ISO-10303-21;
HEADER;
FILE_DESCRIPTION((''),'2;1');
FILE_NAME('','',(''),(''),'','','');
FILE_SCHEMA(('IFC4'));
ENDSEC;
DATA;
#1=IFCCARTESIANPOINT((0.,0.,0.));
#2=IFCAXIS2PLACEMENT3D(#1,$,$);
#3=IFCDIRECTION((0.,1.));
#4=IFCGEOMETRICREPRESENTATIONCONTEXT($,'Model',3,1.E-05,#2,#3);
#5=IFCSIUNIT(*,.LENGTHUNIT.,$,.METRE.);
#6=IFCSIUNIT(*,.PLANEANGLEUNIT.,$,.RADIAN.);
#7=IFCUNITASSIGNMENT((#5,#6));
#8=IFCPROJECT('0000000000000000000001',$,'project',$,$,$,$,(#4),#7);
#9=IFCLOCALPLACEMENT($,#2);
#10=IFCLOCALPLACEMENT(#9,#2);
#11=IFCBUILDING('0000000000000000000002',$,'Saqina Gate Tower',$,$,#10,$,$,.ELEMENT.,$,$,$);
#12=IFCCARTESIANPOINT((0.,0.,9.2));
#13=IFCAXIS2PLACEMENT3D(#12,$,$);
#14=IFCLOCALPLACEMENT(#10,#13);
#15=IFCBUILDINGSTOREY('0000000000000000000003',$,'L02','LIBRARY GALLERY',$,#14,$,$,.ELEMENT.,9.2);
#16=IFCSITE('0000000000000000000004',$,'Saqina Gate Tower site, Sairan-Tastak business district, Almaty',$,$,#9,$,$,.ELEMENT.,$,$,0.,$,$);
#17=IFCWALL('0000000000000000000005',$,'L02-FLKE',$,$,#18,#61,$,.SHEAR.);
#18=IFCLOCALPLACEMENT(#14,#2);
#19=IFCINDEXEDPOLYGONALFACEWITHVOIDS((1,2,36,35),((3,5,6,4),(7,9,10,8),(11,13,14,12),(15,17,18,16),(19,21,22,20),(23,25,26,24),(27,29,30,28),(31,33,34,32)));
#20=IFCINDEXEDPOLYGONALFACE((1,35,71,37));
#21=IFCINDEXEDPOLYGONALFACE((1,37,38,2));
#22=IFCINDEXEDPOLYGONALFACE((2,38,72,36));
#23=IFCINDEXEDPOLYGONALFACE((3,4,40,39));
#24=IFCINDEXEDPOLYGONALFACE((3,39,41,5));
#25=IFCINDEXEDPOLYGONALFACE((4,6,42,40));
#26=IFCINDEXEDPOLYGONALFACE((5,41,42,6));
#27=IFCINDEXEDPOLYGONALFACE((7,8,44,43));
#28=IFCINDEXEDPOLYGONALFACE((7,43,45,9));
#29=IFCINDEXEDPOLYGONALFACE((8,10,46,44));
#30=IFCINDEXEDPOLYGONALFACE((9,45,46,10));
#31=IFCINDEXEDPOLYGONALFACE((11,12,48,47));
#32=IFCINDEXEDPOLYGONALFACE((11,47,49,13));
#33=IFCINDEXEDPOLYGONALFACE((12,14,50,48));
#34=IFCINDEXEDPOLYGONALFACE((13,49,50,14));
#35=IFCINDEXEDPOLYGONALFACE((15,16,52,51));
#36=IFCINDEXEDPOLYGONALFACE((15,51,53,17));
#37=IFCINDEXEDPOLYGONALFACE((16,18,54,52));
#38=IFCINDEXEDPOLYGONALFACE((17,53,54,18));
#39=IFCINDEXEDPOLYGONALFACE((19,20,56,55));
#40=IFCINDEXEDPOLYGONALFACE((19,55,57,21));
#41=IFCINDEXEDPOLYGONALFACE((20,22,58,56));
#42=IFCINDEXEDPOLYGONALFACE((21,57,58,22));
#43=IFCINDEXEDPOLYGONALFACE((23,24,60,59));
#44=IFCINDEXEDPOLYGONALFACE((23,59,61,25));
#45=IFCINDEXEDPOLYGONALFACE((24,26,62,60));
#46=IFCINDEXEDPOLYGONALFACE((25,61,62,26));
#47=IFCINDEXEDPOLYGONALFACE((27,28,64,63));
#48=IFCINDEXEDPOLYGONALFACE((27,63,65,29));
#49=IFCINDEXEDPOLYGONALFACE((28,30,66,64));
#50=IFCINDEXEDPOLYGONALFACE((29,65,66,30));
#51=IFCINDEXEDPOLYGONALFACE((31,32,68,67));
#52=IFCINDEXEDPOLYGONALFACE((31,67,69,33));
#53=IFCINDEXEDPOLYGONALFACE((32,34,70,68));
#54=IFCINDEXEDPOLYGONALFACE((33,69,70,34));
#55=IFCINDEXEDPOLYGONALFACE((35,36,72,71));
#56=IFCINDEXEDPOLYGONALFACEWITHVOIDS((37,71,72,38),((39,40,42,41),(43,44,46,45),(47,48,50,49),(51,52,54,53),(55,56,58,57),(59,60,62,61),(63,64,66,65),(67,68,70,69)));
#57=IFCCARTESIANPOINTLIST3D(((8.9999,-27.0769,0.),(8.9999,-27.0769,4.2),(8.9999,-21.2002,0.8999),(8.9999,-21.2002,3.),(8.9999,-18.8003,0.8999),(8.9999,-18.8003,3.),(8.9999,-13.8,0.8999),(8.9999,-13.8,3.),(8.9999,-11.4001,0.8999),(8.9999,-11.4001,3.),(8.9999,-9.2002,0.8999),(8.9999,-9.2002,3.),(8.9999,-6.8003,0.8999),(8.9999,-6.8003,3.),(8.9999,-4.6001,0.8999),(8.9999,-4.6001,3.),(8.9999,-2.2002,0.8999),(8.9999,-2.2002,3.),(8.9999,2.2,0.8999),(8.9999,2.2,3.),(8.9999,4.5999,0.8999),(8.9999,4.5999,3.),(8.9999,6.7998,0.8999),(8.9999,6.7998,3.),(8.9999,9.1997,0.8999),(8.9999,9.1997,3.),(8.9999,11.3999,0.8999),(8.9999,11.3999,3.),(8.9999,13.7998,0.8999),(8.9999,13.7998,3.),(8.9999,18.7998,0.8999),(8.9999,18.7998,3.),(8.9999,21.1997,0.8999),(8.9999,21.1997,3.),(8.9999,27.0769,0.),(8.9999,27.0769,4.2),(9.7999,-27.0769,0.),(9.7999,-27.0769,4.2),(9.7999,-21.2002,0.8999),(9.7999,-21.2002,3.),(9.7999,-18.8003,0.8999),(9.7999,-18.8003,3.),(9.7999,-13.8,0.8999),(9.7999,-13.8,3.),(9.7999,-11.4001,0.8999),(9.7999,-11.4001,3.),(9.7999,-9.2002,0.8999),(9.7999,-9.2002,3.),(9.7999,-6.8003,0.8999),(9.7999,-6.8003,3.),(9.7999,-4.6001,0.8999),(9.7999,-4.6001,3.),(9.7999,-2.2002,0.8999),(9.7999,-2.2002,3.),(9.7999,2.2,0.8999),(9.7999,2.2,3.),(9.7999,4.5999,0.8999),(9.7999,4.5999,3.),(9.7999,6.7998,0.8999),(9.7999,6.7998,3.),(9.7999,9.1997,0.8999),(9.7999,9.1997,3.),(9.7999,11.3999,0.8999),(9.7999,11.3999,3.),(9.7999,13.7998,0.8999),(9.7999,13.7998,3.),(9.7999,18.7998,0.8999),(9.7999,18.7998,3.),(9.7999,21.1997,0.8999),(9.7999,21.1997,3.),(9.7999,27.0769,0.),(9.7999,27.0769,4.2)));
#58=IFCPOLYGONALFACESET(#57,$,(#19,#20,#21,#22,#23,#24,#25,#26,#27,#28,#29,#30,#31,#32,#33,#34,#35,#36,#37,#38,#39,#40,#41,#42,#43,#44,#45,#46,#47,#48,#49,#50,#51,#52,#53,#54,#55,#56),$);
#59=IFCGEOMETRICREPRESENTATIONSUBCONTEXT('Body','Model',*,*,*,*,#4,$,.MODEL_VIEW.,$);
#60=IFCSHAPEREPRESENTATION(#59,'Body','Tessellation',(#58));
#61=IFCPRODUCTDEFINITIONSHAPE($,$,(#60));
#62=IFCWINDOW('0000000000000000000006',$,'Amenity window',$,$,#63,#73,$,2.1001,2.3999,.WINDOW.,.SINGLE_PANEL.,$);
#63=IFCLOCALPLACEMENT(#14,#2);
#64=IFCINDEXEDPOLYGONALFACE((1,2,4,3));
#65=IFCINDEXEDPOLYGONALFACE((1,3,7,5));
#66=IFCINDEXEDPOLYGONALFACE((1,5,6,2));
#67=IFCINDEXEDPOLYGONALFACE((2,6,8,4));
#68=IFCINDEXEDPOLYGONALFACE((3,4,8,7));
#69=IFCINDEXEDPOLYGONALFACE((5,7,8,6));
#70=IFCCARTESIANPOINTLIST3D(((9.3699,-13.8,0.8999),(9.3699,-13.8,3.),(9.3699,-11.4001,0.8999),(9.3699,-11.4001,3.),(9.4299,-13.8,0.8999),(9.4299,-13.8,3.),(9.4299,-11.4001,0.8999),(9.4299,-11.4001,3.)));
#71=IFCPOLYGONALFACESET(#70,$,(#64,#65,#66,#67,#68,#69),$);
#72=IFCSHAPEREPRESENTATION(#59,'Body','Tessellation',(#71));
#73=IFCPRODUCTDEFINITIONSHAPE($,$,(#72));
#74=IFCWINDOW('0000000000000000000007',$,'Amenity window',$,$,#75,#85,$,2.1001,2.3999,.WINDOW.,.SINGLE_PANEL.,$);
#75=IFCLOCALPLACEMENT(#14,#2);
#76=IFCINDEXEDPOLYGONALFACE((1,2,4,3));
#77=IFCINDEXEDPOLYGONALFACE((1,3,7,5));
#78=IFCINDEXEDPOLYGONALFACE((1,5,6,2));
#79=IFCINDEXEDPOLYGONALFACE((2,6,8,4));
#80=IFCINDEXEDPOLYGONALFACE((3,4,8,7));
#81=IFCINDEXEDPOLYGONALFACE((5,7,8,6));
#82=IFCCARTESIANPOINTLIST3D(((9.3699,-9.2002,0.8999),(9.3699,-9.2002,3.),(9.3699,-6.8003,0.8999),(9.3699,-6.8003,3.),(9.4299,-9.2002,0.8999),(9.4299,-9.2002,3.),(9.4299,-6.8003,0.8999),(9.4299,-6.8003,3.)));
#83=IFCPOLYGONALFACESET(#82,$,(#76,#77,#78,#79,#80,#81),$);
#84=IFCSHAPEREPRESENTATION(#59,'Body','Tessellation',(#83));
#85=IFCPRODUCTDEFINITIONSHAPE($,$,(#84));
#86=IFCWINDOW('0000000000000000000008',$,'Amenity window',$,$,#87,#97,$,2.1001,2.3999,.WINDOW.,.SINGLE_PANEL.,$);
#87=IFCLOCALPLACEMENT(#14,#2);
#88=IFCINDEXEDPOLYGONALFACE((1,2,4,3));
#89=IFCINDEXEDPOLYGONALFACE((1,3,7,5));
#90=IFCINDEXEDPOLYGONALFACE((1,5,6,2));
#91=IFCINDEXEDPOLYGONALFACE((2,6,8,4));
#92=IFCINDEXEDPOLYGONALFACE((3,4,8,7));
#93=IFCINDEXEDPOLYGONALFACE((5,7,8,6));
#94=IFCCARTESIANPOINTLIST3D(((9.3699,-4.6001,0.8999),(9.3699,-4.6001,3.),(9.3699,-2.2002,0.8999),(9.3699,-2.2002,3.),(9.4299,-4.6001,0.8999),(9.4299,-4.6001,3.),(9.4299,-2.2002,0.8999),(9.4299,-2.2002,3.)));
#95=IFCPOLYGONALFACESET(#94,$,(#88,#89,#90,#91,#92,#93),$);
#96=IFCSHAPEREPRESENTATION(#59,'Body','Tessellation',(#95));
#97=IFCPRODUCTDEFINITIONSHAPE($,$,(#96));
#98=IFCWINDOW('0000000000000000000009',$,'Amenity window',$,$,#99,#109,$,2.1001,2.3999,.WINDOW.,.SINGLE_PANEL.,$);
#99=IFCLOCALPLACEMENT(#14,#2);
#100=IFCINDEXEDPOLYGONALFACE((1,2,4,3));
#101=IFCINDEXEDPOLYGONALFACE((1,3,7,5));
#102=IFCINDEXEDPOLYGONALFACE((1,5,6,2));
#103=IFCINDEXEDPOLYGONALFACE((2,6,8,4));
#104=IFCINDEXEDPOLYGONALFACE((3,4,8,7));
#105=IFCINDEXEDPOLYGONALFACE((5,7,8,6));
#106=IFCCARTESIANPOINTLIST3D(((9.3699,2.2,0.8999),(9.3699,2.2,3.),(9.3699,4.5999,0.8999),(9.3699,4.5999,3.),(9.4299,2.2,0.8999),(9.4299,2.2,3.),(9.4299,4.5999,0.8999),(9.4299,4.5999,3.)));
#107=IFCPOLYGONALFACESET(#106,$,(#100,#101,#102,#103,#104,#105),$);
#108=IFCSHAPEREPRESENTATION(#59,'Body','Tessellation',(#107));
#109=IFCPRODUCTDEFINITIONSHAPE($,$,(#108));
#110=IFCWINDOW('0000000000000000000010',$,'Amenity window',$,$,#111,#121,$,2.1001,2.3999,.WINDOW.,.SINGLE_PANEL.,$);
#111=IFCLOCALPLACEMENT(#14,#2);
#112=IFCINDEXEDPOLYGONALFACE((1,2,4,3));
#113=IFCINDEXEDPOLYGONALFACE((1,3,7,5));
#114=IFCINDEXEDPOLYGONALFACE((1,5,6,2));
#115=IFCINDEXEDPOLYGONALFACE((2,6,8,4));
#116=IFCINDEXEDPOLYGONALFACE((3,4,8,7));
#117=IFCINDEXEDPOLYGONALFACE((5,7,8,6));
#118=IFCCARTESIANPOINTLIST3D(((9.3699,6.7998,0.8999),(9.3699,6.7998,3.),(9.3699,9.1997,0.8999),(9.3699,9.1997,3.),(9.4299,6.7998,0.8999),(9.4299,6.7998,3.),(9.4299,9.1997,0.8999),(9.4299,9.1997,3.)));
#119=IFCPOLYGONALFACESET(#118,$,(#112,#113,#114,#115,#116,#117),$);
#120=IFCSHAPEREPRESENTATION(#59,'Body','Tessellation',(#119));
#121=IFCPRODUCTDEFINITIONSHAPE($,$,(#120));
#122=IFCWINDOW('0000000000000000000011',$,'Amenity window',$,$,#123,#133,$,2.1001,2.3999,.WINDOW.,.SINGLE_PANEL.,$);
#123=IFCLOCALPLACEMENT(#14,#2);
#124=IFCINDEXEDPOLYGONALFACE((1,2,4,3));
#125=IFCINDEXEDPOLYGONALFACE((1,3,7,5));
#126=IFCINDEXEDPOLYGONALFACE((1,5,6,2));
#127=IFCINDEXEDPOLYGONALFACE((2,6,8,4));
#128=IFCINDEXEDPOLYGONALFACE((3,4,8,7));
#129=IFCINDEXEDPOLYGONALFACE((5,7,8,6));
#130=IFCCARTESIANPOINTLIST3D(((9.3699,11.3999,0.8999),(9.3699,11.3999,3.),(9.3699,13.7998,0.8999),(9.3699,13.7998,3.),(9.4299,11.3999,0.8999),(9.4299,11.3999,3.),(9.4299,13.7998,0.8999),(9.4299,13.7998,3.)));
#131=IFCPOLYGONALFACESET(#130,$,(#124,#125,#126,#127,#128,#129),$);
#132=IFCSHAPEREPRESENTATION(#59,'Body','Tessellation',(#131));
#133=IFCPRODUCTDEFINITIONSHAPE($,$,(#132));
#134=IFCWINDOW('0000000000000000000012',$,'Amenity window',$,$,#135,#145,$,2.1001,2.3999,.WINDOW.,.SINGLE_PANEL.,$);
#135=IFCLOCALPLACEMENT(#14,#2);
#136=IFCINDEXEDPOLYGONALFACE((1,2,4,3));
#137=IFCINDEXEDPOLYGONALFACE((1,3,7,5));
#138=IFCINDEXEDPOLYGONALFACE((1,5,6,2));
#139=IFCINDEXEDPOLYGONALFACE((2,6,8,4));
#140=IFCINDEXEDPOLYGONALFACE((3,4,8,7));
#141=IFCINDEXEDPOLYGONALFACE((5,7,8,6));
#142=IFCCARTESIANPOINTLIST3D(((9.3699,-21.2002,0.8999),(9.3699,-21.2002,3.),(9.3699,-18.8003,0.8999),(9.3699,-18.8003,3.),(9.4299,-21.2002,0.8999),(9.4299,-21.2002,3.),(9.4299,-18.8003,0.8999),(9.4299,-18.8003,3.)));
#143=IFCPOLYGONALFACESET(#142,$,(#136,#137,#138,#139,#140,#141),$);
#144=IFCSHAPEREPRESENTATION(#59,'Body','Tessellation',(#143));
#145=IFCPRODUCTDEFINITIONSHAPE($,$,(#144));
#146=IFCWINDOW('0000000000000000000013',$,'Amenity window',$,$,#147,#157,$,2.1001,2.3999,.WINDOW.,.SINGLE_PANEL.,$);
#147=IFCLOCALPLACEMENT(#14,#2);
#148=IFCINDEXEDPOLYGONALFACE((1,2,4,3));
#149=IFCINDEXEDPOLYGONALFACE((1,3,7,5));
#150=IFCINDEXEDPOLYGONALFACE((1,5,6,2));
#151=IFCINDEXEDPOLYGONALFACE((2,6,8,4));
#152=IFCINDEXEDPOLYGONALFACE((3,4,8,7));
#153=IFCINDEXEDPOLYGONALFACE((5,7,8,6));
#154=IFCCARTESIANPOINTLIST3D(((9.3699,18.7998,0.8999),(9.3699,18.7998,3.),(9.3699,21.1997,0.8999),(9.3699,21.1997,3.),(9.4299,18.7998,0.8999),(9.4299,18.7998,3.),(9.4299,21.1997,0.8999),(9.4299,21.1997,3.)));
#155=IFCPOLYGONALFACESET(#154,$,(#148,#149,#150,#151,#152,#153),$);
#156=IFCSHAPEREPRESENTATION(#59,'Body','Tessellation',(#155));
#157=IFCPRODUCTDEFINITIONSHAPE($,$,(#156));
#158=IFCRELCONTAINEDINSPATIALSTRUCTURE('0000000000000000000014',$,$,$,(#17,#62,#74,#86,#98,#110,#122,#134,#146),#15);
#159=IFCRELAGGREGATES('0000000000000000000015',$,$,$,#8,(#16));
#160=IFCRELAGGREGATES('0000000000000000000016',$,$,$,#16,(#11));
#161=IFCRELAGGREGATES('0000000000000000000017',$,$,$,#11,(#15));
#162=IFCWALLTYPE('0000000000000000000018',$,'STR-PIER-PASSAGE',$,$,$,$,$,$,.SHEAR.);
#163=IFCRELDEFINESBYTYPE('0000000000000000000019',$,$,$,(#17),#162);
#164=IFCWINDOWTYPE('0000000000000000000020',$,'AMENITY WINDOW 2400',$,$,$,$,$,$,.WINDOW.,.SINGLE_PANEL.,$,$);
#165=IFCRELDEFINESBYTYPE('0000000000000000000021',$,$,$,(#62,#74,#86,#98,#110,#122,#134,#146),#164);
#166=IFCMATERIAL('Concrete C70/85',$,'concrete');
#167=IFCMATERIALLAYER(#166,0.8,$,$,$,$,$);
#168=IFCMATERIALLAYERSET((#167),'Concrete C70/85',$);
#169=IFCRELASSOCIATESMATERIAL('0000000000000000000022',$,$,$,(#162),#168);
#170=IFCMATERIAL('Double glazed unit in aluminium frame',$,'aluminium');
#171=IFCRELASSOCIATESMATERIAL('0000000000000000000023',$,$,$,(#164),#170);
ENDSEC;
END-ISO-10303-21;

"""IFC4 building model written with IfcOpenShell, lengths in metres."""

from ifc_helpers import new_model, si_unit, direction, frame, frame_2d, origin, place, context, subcontext, project, spatial, rectangle, extrude, material, layer, layer_set, type_object, element, fill, save


model = new_model("IFC4")

# Units and contexts
model_context = context("Model", 3, precision=1e-05, world=origin(), true_north=direction((0.0, 1.0)))
body_context = subcontext(model_context, "Body", "Model", "MODEL_VIEW")
ifc_project = project(units=[si_unit("LENGTHUNIT", "METRE"), si_unit("PLANEANGLEUNIT", "RADIAN")], contexts=[model_context])

# Site, building, storey
site_placement = place(None, origin())
site = spatial("IfcSite", under=ifc_project, at=site_placement, Name="Saqina Gate Tower site, Sairan-Tastak business district, Almaty", CompositionType="ELEMENT", RefElevation=0.0)
building_placement = place(site_placement, origin())
building = spatial("IfcBuilding", under=site, at=building_placement, Name="Saqina Gate Tower", CompositionType="ELEMENT")
storey_placement = place(building_placement, frame((0.0, 0.0, 9.2)))
storey = spatial("IfcBuildingStorey", under=building, at=storey_placement, Name="L02", Description="LIBRARY GALLERY", CompositionType="ELEMENT", Elevation=9.2)

# Wall, openings, windows
ifc_material_1 = material(Name="Concrete C70/85", Category="concrete")
ifc_layer_1 = layer(ifc_material_1, 0.8)
ifc_layer_set_1 = layer_set([ifc_layer_1], Name="Concrete C70/85")
wall_type_1 = type_object("IfcWallType", Name="STR-PIER-PASSAGE", PredefinedType="SHEAR", material=ifc_layer_set_1)
wall_1_placement = place(storey_placement, frame((9.3999, -27.0769, 0.0), z_axis=(0.0, 0.0, 1.0), x_axis=(0.0, 1.0, 0.0)))
wall_1 = element("IfcWall", 1, at=wall_1_placement, inside=storey, type_object=wall_type_1, Name="L02-FLKE", PredefinedType="SHEAR", context=body_context, shape_type="SweptSolid", body=[
    extrude(rectangle(XDim=54.1538, YDim=0.8, at=frame_2d((27.0769, 0.0))), origin(), (0.0, 0.0, 1.0), 4.2),
])
opening_1_placement = place(wall_1_placement, frame((13.2769, 0.0, 0.8999)))
opening_1 = element("IfcOpeningElement", 2, at=opening_1_placement, cuts=wall_1, PredefinedType="OPENING", context=body_context, shape_type="SweptSolid", body=[
    extrude(rectangle(XDim=2.3999, YDim=2.1001, at=frame_2d((1.2, 1.05))), frame((0.0, 0.4121, 0.0), z_axis=(0.0, -1.0, 0.0), x_axis=(1.0, 0.0, 0.0)), (0.0, 0.0, 1.0), 0.824),
])
opening_2_placement = place(wall_1_placement, frame((17.8767, 0.0, 0.8999)))
opening_2 = element("IfcOpeningElement", 3, at=opening_2_placement, cuts=wall_1, PredefinedType="OPENING", context=body_context, shape_type="SweptSolid", body=[
    extrude(rectangle(XDim=2.3999, YDim=2.1001, at=frame_2d((1.2, 1.05))), frame((0.0, 0.4121, 0.0), z_axis=(0.0, -1.0, 0.0), x_axis=(1.0, 0.0, 0.0)), (0.0, 0.0, 1.0), 0.824),
])
opening_3_placement = place(wall_1_placement, frame((22.4768, 0.0, 0.8999)))
opening_3 = element("IfcOpeningElement", 4, at=opening_3_placement, cuts=wall_1, PredefinedType="OPENING", context=body_context, shape_type="SweptSolid", body=[
    extrude(rectangle(XDim=2.3999, YDim=2.1001, at=frame_2d((1.2, 1.05))), frame((0.0, 0.4121, 0.0), z_axis=(0.0, -1.0, 0.0), x_axis=(1.0, 0.0, 0.0)), (0.0, 0.0, 1.0), 0.824),
])
opening_4_placement = place(wall_1_placement, frame((29.2769, 0.0, 0.8999)))
opening_4 = element("IfcOpeningElement", 5, at=opening_4_placement, cuts=wall_1, PredefinedType="OPENING", context=body_context, shape_type="SweptSolid", body=[
    extrude(rectangle(XDim=2.3999, YDim=2.1001, at=frame_2d((1.2, 1.05))), frame((0.0, 0.4121, 0.0), z_axis=(0.0, -1.0, 0.0), x_axis=(1.0, 0.0, 0.0)), (0.0, 0.0, 1.0), 0.824),
])
opening_5_placement = place(wall_1_placement, frame((33.8767, 0.0, 0.8999)))
opening_5 = element("IfcOpeningElement", 6, at=opening_5_placement, cuts=wall_1, PredefinedType="OPENING", context=body_context, shape_type="SweptSolid", body=[
    extrude(rectangle(XDim=2.3999, YDim=2.1001, at=frame_2d((1.2, 1.05))), frame((0.0, 0.4121, 0.0), z_axis=(0.0, -1.0, 0.0), x_axis=(1.0, 0.0, 0.0)), (0.0, 0.0, 1.0), 0.824),
])
opening_6_placement = place(wall_1_placement, frame((38.4768, 0.0, 0.8999)))
opening_6 = element("IfcOpeningElement", 7, at=opening_6_placement, cuts=wall_1, PredefinedType="OPENING", context=body_context, shape_type="SweptSolid", body=[
    extrude(rectangle(XDim=2.3999, YDim=2.1001, at=frame_2d((1.2, 1.05))), frame((0.0, 0.4121, 0.0), z_axis=(0.0, -1.0, 0.0), x_axis=(1.0, 0.0, 0.0)), (0.0, 0.0, 1.0), 0.824),
])
opening_7_placement = place(wall_1_placement, frame((5.8767, 0.0, 0.8999)))
opening_7 = element("IfcOpeningElement", 8, at=opening_7_placement, cuts=wall_1, PredefinedType="OPENING", context=body_context, shape_type="SweptSolid", body=[
    extrude(rectangle(XDim=2.3999, YDim=2.1001, at=frame_2d((1.2, 1.05))), frame((0.0, 0.4121, 0.0), z_axis=(0.0, -1.0, 0.0), x_axis=(1.0, 0.0, 0.0)), (0.0, 0.0, 1.0), 0.824),
])
opening_8_placement = place(wall_1_placement, frame((45.8767, 0.0, 0.8999)))
opening_8 = element("IfcOpeningElement", 9, at=opening_8_placement, cuts=wall_1, PredefinedType="OPENING", context=body_context, shape_type="SweptSolid", body=[
    extrude(rectangle(XDim=2.3999, YDim=2.1001, at=frame_2d((1.2, 1.05))), frame((0.0, 0.4121, 0.0), z_axis=(0.0, -1.0, 0.0), x_axis=(1.0, 0.0, 0.0)), (0.0, 0.0, 1.0), 0.824),
])
ifc_material_2 = material(Name="Double glazed unit in aluminium frame", Category="aluminium")
window_type = type_object("IfcWindowType", Name="AMENITY WINDOW 2400", PartitioningType="SINGLE_PANEL", PredefinedType="WINDOW", material=ifc_material_2)
window_1_placement = place(opening_1_placement, origin())
window_1 = element("IfcWindow", 10, at=window_1_placement, inside=storey, type_object=window_type, Name="Amenity window", OverallHeight=2.1001, OverallWidth=2.3999, PartitioningType="SINGLE_PANEL", PredefinedType="WINDOW", context=body_context, shape_type="SweptSolid", body=[
    extrude(rectangle(XDim=2.3999, YDim=2.1001, at=frame_2d((1.2, 1.05))), frame((0.0, 0.03, 0.0), z_axis=(0.0, -1.0, 0.0), x_axis=(1.0, 0.0, 0.0)), (0.0, 0.0, 1.0), 0.0601),
])
fill(opening_1, window_1)
window_2_placement = place(opening_2_placement, origin())
window_2 = element("IfcWindow", 11, at=window_2_placement, inside=storey, type_object=window_type, Name="Amenity window", OverallHeight=2.1001, OverallWidth=2.3999, PartitioningType="SINGLE_PANEL", PredefinedType="WINDOW", context=body_context, shape_type="SweptSolid", body=[
    extrude(rectangle(XDim=2.3999, YDim=2.1001, at=frame_2d((1.2, 1.05))), frame((0.0, 0.03, 0.0), z_axis=(0.0, -1.0, 0.0), x_axis=(1.0, 0.0, 0.0)), (0.0, 0.0, 1.0), 0.0601),
])
fill(opening_2, window_2)
window_3_placement = place(opening_3_placement, origin())
window_3 = element("IfcWindow", 12, at=window_3_placement, inside=storey, type_object=window_type, Name="Amenity window", OverallHeight=2.1001, OverallWidth=2.3999, PartitioningType="SINGLE_PANEL", PredefinedType="WINDOW", context=body_context, shape_type="SweptSolid", body=[
    extrude(rectangle(XDim=2.3999, YDim=2.1001, at=frame_2d((1.2, 1.05))), frame((0.0, 0.03, 0.0), z_axis=(0.0, -1.0, 0.0), x_axis=(1.0, 0.0, 0.0)), (0.0, 0.0, 1.0), 0.0601),
])
fill(opening_3, window_3)
window_4_placement = place(opening_4_placement, origin())
window_4 = element("IfcWindow", 13, at=window_4_placement, inside=storey, type_object=window_type, Name="Amenity window", OverallHeight=2.1001, OverallWidth=2.3999, PartitioningType="SINGLE_PANEL", PredefinedType="WINDOW", context=body_context, shape_type="SweptSolid", body=[
    extrude(rectangle(XDim=2.3999, YDim=2.1001, at=frame_2d((1.2, 1.05))), frame((0.0, 0.03, 0.0), z_axis=(0.0, -1.0, 0.0), x_axis=(1.0, 0.0, 0.0)), (0.0, 0.0, 1.0), 0.0601),
])
fill(opening_4, window_4)
window_5_placement = place(opening_5_placement, origin())
window_5 = element("IfcWindow", 14, at=window_5_placement, inside=storey, type_object=window_type, Name="Amenity window", OverallHeight=2.1001, OverallWidth=2.3999, PartitioningType="SINGLE_PANEL", PredefinedType="WINDOW", context=body_context, shape_type="SweptSolid", body=[
    extrude(rectangle(XDim=2.3999, YDim=2.1001, at=frame_2d((1.2, 1.05))), frame((0.0, 0.03, 0.0), z_axis=(0.0, -1.0, 0.0), x_axis=(1.0, 0.0, 0.0)), (0.0, 0.0, 1.0), 0.0601),
])
fill(opening_5, window_5)
window_6_placement = place(opening_6_placement, origin())
window_6 = element("IfcWindow", 15, at=window_6_placement, inside=storey, type_object=window_type, Name="Amenity window", OverallHeight=2.1001, OverallWidth=2.3999, PartitioningType="SINGLE_PANEL", PredefinedType="WINDOW", context=body_context, shape_type="SweptSolid", body=[
    extrude(rectangle(XDim=2.3999, YDim=2.1001, at=frame_2d((1.2, 1.05))), frame((0.0, 0.03, 0.0), z_axis=(0.0, -1.0, 0.0), x_axis=(1.0, 0.0, 0.0)), (0.0, 0.0, 1.0), 0.0601),
])
fill(opening_6, window_6)
window_7_placement = place(opening_7_placement, origin())
window_7 = element("IfcWindow", 16, at=window_7_placement, inside=storey, type_object=window_type, Name="Amenity window", OverallHeight=2.1001, OverallWidth=2.3999, PartitioningType="SINGLE_PANEL", PredefinedType="WINDOW", context=body_context, shape_type="SweptSolid", body=[
    extrude(rectangle(XDim=2.3999, YDim=2.1001, at=frame_2d((1.2, 1.05))), frame((0.0, 0.03, 0.0), z_axis=(0.0, -1.0, 0.0), x_axis=(1.0, 0.0, 0.0)), (0.0, 0.0, 1.0), 0.0601),
])
fill(opening_7, window_7)
window_8_placement = place(opening_8_placement, origin())
window_8 = element("IfcWindow", 17, at=window_8_placement, inside=storey, type_object=window_type, Name="Amenity window", OverallHeight=2.1001, OverallWidth=2.3999, PartitioningType="SINGLE_PANEL", PredefinedType="WINDOW", context=body_context, shape_type="SweptSolid", body=[
    extrude(rectangle(XDim=2.3999, YDim=2.1001, at=frame_2d((1.2, 1.05))), frame((0.0, 0.03, 0.0), z_axis=(0.0, -1.0, 0.0), x_axis=(1.0, 0.0, 0.0)), (0.0, 0.0, 1.0), 0.0601),
])
fill(opening_8, window_8)

save(model, "model.ifc")
